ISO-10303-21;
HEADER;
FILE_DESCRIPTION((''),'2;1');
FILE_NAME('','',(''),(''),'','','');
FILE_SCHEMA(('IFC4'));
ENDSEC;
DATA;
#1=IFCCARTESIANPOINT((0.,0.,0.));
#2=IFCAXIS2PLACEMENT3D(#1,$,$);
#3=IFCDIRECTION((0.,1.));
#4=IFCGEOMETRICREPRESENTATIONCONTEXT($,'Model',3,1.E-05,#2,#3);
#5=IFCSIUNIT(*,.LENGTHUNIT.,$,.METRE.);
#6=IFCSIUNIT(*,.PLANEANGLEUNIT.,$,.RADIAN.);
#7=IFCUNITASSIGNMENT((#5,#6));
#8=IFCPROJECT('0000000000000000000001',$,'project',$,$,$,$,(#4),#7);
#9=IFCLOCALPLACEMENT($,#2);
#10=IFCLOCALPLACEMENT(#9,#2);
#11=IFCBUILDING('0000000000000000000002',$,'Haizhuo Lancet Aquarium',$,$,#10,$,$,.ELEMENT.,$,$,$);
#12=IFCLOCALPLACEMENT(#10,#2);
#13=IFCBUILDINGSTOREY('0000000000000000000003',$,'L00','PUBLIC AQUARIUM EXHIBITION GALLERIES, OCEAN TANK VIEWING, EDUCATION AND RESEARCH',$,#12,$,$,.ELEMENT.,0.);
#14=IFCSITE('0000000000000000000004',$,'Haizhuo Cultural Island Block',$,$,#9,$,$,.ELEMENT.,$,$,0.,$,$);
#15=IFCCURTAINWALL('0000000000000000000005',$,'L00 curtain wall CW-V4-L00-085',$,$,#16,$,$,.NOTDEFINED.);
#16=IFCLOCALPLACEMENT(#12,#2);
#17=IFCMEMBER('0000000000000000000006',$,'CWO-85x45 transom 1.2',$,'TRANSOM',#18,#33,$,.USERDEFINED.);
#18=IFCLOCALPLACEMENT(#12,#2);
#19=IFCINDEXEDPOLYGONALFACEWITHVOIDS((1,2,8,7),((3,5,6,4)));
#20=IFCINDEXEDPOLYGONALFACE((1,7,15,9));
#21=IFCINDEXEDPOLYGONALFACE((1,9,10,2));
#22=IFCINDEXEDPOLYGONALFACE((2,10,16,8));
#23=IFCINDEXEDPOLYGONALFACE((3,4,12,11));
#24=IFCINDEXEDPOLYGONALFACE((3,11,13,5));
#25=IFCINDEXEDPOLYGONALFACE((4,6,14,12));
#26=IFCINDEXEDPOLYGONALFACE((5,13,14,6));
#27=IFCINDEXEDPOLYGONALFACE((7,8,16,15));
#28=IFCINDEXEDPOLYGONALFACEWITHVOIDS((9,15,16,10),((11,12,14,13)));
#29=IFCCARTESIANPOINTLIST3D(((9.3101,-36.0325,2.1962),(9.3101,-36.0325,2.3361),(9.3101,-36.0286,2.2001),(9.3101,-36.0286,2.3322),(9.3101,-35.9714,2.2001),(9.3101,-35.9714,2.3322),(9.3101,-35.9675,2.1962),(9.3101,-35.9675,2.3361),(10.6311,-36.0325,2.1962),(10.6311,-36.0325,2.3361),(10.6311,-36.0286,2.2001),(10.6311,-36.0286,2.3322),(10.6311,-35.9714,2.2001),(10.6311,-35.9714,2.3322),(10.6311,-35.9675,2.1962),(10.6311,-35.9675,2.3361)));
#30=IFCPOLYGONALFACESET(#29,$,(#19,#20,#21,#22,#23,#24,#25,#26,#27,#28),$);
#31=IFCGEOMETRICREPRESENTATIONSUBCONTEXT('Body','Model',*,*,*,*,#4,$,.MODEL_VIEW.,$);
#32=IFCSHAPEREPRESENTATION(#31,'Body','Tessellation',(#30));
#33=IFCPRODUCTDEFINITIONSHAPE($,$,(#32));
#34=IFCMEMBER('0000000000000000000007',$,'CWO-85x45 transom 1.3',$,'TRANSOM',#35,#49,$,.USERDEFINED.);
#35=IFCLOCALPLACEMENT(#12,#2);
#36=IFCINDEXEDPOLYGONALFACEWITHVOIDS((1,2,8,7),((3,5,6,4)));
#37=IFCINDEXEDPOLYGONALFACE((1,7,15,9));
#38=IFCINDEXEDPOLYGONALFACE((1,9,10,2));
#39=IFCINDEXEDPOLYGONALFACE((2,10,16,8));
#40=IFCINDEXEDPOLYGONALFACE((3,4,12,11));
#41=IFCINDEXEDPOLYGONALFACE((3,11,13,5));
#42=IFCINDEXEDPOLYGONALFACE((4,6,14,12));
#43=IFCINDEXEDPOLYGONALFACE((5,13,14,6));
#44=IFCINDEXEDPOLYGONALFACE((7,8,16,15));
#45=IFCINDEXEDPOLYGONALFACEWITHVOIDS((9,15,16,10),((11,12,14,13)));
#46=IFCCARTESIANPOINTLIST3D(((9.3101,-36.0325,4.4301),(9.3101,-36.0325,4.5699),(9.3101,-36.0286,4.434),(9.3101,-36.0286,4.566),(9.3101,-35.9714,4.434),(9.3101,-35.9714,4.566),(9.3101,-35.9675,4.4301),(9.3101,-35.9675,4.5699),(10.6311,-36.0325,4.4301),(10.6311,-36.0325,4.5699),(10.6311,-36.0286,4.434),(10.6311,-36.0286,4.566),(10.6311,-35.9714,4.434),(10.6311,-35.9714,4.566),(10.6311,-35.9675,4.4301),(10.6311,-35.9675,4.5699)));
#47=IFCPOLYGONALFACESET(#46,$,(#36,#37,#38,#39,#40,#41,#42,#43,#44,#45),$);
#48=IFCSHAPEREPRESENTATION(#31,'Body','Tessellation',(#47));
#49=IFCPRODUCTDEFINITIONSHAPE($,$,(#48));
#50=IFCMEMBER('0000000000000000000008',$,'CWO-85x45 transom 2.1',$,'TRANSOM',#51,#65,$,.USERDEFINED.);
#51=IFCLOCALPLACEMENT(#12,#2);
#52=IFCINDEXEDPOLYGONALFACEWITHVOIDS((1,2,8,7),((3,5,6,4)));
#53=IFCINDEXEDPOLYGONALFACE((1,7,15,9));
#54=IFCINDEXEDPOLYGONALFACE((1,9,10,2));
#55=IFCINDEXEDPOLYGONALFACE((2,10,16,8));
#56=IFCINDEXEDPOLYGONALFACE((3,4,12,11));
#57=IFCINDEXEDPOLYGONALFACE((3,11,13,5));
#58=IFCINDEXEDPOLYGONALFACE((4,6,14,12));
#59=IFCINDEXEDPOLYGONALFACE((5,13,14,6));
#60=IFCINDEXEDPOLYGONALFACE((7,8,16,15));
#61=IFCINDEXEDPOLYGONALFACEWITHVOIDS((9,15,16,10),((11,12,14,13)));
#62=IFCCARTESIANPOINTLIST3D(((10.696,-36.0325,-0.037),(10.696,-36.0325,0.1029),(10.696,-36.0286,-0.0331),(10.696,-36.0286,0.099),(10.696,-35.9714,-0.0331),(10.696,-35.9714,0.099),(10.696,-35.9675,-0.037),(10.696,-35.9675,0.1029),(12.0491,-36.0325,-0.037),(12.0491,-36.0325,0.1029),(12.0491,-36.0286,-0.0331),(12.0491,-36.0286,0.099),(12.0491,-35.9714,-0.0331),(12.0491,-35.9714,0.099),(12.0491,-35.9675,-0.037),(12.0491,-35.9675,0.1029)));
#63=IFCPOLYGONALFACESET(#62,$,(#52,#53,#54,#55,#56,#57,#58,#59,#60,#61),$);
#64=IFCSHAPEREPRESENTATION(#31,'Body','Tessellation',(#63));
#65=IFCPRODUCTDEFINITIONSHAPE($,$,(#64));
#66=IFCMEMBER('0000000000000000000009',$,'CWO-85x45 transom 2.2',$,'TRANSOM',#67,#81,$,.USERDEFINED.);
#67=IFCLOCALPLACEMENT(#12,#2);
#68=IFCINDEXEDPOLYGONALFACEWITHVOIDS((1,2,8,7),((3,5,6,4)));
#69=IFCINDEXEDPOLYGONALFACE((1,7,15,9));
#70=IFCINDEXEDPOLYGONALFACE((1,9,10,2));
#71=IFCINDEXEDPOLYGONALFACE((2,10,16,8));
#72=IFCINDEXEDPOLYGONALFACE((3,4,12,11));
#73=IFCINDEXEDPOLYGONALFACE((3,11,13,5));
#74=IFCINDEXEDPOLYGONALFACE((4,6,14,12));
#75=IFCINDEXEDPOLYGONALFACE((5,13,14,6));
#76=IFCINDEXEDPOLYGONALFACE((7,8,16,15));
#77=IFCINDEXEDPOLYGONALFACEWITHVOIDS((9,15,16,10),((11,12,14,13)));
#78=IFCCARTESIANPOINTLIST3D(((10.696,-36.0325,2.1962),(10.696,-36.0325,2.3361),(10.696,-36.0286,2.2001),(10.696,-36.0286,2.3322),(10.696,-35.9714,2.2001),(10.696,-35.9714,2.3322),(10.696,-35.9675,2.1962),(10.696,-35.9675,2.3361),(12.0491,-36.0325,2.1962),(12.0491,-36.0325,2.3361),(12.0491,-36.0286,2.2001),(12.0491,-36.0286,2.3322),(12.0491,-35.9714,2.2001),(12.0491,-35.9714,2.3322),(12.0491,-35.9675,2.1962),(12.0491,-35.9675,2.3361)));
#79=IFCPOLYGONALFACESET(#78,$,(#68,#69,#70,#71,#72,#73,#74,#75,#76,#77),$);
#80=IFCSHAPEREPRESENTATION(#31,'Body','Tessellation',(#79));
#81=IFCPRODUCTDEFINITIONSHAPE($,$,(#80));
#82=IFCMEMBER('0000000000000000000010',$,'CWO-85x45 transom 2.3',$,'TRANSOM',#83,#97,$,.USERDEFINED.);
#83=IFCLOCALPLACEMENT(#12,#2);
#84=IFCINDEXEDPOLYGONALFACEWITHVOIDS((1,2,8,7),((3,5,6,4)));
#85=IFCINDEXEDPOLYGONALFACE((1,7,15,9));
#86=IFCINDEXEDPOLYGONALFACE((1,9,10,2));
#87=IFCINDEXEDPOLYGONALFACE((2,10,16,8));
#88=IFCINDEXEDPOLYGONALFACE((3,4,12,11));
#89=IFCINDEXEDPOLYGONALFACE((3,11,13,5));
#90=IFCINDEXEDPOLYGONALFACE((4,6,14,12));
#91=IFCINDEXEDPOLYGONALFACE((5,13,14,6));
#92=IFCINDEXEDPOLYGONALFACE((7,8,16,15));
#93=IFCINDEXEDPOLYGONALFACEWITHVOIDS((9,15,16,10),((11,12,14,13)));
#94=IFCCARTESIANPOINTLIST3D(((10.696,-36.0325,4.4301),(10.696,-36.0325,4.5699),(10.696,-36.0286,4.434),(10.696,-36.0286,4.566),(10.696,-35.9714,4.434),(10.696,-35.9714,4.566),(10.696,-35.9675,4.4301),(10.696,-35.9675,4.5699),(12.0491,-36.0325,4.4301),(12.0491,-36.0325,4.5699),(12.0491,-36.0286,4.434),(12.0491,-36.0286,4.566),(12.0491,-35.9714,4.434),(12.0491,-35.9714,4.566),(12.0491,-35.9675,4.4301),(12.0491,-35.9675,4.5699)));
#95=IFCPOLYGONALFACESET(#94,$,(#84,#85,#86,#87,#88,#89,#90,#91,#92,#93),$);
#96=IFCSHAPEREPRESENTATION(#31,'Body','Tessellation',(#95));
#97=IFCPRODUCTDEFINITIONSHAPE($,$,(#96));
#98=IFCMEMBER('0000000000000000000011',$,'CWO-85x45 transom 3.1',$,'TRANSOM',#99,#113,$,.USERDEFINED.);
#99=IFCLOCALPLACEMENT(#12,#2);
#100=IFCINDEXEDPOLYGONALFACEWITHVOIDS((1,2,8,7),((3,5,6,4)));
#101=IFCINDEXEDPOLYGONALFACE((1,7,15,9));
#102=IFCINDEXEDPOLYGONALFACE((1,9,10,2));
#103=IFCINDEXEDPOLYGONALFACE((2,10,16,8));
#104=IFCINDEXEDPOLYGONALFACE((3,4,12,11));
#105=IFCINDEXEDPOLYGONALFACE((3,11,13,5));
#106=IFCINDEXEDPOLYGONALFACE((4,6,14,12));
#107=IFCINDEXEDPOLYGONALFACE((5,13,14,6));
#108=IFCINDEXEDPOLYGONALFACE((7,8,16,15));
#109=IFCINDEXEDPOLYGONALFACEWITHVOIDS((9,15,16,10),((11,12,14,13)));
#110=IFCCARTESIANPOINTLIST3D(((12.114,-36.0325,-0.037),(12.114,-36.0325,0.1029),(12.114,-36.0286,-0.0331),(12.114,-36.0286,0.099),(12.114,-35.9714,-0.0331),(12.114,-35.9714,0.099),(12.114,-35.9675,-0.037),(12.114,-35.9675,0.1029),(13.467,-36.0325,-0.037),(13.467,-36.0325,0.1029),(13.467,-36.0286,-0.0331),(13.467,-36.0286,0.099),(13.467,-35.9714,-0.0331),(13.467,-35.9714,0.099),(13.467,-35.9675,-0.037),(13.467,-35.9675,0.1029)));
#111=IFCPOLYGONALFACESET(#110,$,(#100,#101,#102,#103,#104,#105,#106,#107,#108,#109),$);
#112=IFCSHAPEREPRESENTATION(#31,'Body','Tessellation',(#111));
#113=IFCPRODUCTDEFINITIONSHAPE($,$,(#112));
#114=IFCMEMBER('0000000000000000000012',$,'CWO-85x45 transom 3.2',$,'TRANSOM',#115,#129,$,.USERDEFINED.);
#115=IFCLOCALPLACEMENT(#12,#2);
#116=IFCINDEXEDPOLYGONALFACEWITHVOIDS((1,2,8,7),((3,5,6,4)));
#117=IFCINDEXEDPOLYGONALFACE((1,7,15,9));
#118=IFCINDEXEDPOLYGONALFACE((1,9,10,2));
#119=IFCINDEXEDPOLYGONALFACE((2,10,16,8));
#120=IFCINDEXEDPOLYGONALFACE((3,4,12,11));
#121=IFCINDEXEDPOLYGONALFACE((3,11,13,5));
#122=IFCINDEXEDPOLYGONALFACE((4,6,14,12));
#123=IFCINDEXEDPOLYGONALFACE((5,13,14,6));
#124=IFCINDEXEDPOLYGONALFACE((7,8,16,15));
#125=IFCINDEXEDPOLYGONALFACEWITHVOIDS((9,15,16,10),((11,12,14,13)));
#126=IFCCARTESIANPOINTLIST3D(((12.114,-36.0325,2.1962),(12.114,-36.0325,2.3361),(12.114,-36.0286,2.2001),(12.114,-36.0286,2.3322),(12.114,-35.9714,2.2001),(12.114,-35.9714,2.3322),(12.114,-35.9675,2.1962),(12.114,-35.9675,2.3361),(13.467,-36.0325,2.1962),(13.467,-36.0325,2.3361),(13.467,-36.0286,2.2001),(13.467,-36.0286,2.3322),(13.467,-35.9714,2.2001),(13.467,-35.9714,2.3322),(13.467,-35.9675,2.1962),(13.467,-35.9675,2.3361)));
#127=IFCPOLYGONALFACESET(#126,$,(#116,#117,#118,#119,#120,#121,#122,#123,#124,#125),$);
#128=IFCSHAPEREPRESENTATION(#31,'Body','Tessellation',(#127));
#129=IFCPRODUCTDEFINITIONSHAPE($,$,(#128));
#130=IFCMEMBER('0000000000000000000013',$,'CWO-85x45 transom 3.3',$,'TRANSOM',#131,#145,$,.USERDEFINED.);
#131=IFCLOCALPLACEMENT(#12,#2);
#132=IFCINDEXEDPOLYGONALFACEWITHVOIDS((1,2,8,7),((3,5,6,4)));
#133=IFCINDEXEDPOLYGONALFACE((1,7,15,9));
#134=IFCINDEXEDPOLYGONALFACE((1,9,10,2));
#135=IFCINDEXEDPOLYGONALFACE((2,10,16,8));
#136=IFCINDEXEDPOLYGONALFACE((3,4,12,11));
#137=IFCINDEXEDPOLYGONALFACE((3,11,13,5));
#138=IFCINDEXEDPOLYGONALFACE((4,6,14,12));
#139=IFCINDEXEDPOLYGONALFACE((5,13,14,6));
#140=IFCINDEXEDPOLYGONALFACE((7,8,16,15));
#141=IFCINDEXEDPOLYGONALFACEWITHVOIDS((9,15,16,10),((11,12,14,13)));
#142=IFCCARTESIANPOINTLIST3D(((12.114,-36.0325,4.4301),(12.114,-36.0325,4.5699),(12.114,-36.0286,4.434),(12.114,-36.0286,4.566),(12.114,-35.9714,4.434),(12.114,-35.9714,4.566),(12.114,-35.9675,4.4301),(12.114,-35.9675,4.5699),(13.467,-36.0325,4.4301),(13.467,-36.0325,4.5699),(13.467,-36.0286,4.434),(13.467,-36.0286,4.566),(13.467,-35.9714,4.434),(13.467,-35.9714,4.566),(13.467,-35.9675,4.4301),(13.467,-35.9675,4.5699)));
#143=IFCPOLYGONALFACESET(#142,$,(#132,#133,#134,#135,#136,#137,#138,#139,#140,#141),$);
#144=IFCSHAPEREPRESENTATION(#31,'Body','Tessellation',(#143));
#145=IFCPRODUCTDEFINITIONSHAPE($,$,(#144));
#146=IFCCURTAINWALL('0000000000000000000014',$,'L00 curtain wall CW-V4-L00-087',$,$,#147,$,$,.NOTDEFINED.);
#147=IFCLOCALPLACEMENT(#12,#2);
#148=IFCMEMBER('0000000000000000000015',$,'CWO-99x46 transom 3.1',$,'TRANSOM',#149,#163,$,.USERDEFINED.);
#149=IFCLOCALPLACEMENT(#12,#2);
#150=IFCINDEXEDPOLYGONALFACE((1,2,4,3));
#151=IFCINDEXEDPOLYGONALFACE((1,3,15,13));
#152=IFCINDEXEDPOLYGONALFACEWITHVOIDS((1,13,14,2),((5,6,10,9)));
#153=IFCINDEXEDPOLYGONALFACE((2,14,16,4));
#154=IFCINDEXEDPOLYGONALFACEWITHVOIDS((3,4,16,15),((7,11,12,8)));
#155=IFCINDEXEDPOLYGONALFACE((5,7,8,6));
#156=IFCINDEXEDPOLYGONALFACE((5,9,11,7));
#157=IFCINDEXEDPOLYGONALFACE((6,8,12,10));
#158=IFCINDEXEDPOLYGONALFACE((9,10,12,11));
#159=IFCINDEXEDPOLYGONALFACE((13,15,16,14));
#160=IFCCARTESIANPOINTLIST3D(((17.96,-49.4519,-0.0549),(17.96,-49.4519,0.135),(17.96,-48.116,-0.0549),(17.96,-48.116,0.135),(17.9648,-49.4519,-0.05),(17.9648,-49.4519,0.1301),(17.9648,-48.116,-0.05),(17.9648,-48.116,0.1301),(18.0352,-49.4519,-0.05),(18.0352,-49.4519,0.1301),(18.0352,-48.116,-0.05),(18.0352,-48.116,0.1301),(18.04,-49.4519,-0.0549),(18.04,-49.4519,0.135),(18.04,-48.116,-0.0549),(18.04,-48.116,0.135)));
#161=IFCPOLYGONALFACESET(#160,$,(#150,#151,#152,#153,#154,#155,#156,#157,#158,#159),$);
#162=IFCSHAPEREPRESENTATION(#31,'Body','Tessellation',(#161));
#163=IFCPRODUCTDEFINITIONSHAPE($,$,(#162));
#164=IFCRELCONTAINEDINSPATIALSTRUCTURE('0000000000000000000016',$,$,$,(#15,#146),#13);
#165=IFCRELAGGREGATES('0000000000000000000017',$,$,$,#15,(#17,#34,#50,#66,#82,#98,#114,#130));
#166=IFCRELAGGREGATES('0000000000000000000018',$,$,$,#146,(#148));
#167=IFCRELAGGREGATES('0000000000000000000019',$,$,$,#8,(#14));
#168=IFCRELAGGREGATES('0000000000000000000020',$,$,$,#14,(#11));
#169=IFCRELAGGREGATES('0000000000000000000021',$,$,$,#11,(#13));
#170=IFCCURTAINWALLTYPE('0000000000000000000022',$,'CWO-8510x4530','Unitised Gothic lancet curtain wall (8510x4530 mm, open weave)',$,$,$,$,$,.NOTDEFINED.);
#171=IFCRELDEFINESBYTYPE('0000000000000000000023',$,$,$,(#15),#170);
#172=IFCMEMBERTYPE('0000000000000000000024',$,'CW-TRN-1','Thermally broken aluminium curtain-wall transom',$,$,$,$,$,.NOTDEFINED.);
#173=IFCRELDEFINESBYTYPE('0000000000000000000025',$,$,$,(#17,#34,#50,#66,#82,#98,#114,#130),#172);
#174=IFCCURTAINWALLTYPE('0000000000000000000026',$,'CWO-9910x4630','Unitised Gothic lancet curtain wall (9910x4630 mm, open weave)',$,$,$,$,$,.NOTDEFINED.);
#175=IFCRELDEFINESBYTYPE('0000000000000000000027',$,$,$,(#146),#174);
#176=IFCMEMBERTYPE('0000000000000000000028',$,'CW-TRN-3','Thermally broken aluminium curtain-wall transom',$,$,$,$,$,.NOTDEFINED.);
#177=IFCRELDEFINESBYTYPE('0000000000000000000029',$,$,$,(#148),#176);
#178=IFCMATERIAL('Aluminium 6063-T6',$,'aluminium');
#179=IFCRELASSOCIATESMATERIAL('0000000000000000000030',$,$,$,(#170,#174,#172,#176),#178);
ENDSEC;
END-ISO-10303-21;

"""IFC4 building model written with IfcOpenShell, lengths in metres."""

from ifc_helpers import new_model, si_unit, direction, frame, origin, origin_2d, place, context, subcontext, project, spatial, hollow_rectangle, extrude, material, material_profile, profile_set, type_object, element, aggregate, save


model = new_model("IFC4")

# Units and contexts
model_context = context("Model", 3, precision=1e-05, world=origin(), true_north=direction((0.0, 1.0)))
body_context = subcontext(model_context, "Body", "Model", "MODEL_VIEW")
ifc_project = project(units=[si_unit("LENGTHUNIT", "METRE"), si_unit("PLANEANGLEUNIT", "RADIAN")], contexts=[model_context])

# Site, building, storey
site_placement = place(None, origin())
site = spatial("IfcSite", under=ifc_project, at=site_placement, Name="Haizhuo Cultural Island Block", CompositionType="ELEMENT", RefElevation=0.0)
building_placement = place(site_placement, origin())
building = spatial("IfcBuilding", under=site, at=building_placement, Name="Haizhuo Lancet Aquarium", CompositionType="ELEMENT")
storey_placement = place(building_placement, origin())
storey = spatial("IfcBuildingStorey", under=building, at=storey_placement, Name="L00", Description="PUBLIC AQUARIUM EXHIBITION GALLERIES, OCEAN TANK VIEWING, EDUCATION AND RESEARCH", CompositionType="ELEMENT", Elevation=0.0)

# Curtain wall, members
ifc_material_1 = material(Name="Aluminium 6063-T6", Category="aluminium")
curtain_wall_type_1 = type_object("IfcCurtainWallType", Name="CWO-8510x4530", Description="Unitised Gothic lancet curtain wall (8510x4530 mm, open weave)", PredefinedType="NOTDEFINED", material=ifc_material_1)
curtain_wall_1_placement = place(storey_placement, origin())
curtain_wall_1 = element("IfcCurtainWall", 1, at=curtain_wall_1_placement, inside=storey, type_object=curtain_wall_type_1, Name="L00 curtain wall CW-V4-L00-085", PredefinedType="NOTDEFINED")
ifc_material_profile_1 = material_profile(ifc_material_1, hollow_rectangle(XDim=0.0649, YDim=0.1399, WallThickness=0.0039, at=origin_2d()), Name="ALU-T 65x140x4")
ifc_profile_set_1 = profile_set([ifc_material_profile_1], Name="Aluminium 6063-T6")
member_type_1 = type_object("IfcMemberType", Name="CW-TRN-1", Description="Thermally broken aluminium curtain-wall transom", PredefinedType="NOTDEFINED", material=ifc_profile_set_1)
member_1_placement = place(storey_placement, frame((9.3101, -36.0, 2.2661), z_axis=(1.0, 0.0, 0.0), x_axis=(0.0, 1.0, 0.0)))
member_1 = element("IfcMember", 2, at=member_1_placement, type_object=member_type_1, Name="CWO-85x45 transom 1.2", ObjectType="TRANSOM", PredefinedType="USERDEFINED", context=body_context, shape_type="SweptSolid", body=[
    extrude(hollow_rectangle(XDim=0.0649, YDim=0.1399, WallThickness=0.0039, at=origin_2d()), origin(), (0.0, 0.0, 1.0), 1.321),
])
member_2_placement = place(storey_placement, frame((9.3101, -36.0, 4.5), z_axis=(1.0, 0.0, 0.0), x_axis=(0.0, 1.0, 0.0)))
member_2 = element("IfcMember", 3, at=member_2_placement, type_object=member_type_1, Name="CWO-85x45 transom 1.3", ObjectType="TRANSOM", PredefinedType="USERDEFINED", context=body_context, shape_type="SweptSolid", body=[
    extrude(hollow_rectangle(XDim=0.0649, YDim=0.1399, WallThickness=0.0039, at=origin_2d()), origin(), (0.0, 0.0, 1.0), 1.321),
])
member_3_placement = place(storey_placement, frame((10.696, -36.0, 0.033), z_axis=(1.0, 0.0, 0.0), x_axis=(0.0, 1.0, 0.0)))
member_3 = element("IfcMember", 4, at=member_3_placement, type_object=member_type_1, Name="CWO-85x45 transom 2.1", ObjectType="TRANSOM", PredefinedType="USERDEFINED", context=body_context, shape_type="SweptSolid", body=[
    extrude(hollow_rectangle(XDim=0.0649, YDim=0.1399, WallThickness=0.0039, at=origin_2d()), origin(), (0.0, 0.0, 1.0), 1.353),
])
member_4_placement = place(storey_placement, frame((10.696, -36.0, 2.2661), z_axis=(1.0, 0.0, 0.0), x_axis=(0.0, 1.0, 0.0)))
member_4 = element("IfcMember", 5, at=member_4_placement, type_object=member_type_1, Name="CWO-85x45 transom 2.2", ObjectType="TRANSOM", PredefinedType="USERDEFINED", context=body_context, shape_type="SweptSolid", body=[
    extrude(hollow_rectangle(XDim=0.0649, YDim=0.1399, WallThickness=0.0039, at=origin_2d()), origin(), (0.0, 0.0, 1.0), 1.353),
])
member_5_placement = place(storey_placement, frame((10.696, -36.0, 4.5), z_axis=(1.0, 0.0, 0.0), x_axis=(0.0, 1.0, 0.0)))
member_5 = element("IfcMember", 6, at=member_5_placement, type_object=member_type_1, Name="CWO-85x45 transom 2.3", ObjectType="TRANSOM", PredefinedType="USERDEFINED", context=body_context, shape_type="SweptSolid", body=[
    extrude(hollow_rectangle(XDim=0.0649, YDim=0.1399, WallThickness=0.0039, at=origin_2d()), origin(), (0.0, 0.0, 1.0), 1.353),
])
member_6_placement = place(storey_placement, frame((12.114, -36.0, 0.033), z_axis=(1.0, 0.0, 0.0), x_axis=(0.0, 1.0, 0.0)))
member_6 = element("IfcMember", 7, at=member_6_placement, type_object=member_type_1, Name="CWO-85x45 transom 3.1", ObjectType="TRANSOM", PredefinedType="USERDEFINED", context=body_context, shape_type="SweptSolid", body=[
    extrude(hollow_rectangle(XDim=0.0649, YDim=0.1399, WallThickness=0.0039, at=origin_2d()), origin(), (0.0, 0.0, 1.0), 1.353),
])
member_7_placement = place(storey_placement, frame((12.114, -36.0, 2.2661), z_axis=(1.0, 0.0, 0.0), x_axis=(0.0, 1.0, 0.0)))
member_7 = element("IfcMember", 8, at=member_7_placement, type_object=member_type_1, Name="CWO-85x45 transom 3.2", ObjectType="TRANSOM", PredefinedType="USERDEFINED", context=body_context, shape_type="SweptSolid", body=[
    extrude(hollow_rectangle(XDim=0.0649, YDim=0.1399, WallThickness=0.0039, at=origin_2d()), origin(), (0.0, 0.0, 1.0), 1.353),
])
member_8_placement = place(storey_placement, frame((12.114, -36.0, 4.5), z_axis=(1.0, 0.0, 0.0), x_axis=(0.0, 1.0, 0.0)))
member_8 = element("IfcMember", 9, at=member_8_placement, type_object=member_type_1, Name="CWO-85x45 transom 3.3", ObjectType="TRANSOM", PredefinedType="USERDEFINED", context=body_context, shape_type="SweptSolid", body=[
    extrude(hollow_rectangle(XDim=0.0649, YDim=0.1399, WallThickness=0.0039, at=origin_2d()), origin(), (0.0, 0.0, 1.0), 1.353),
])

# Curtain wall, member
curtain_wall_type_2 = type_object("IfcCurtainWallType", Name="CWO-9910x4630", Description="Unitised Gothic lancet curtain wall (9910x4630 mm, open weave)", PredefinedType="NOTDEFINED", material=ifc_material_1)
curtain_wall_2_placement = place(storey_placement, origin())
curtain_wall_2 = element("IfcCurtainWall", 10, at=curtain_wall_2_placement, inside=storey, type_object=curtain_wall_type_2, Name="L00 curtain wall CW-V4-L00-087", PredefinedType="NOTDEFINED")
ifc_material_profile_2 = material_profile(ifc_material_1, hollow_rectangle(XDim=0.0801, YDim=0.1899, WallThickness=0.0049, at=origin_2d()), Name="ALU-T 80x190x5")
ifc_profile_set_2 = profile_set([ifc_material_profile_2], Name="Aluminium 6063-T6")
member_type_2 = type_object("IfcMemberType", Name="CW-TRN-3", Description="Thermally broken aluminium curtain-wall transom", PredefinedType="NOTDEFINED", material=ifc_profile_set_2)
member_9_placement = place(storey_placement, frame((18.0, -48.116, 0.04), z_axis=(0.0, -1.0, 0.0), x_axis=(1.0, 0.0, 0.0)))
member_9 = element("IfcMember", 11, at=member_9_placement, type_object=member_type_2, Name="CWO-99x46 transom 3.1", ObjectType="TRANSOM", PredefinedType="USERDEFINED", context=body_context, shape_type="SweptSolid", body=[
    extrude(hollow_rectangle(XDim=0.0801, YDim=0.1899, WallThickness=0.0049, at=origin_2d()), origin(), (0.0, 0.0, 1.0), 1.3359),
])

aggregate(curtain_wall_1, [member_1, member_2, member_3, member_4, member_5, member_6, member_7, member_8])
aggregate(curtain_wall_2, [member_9])

save(model, "model.ifc")
